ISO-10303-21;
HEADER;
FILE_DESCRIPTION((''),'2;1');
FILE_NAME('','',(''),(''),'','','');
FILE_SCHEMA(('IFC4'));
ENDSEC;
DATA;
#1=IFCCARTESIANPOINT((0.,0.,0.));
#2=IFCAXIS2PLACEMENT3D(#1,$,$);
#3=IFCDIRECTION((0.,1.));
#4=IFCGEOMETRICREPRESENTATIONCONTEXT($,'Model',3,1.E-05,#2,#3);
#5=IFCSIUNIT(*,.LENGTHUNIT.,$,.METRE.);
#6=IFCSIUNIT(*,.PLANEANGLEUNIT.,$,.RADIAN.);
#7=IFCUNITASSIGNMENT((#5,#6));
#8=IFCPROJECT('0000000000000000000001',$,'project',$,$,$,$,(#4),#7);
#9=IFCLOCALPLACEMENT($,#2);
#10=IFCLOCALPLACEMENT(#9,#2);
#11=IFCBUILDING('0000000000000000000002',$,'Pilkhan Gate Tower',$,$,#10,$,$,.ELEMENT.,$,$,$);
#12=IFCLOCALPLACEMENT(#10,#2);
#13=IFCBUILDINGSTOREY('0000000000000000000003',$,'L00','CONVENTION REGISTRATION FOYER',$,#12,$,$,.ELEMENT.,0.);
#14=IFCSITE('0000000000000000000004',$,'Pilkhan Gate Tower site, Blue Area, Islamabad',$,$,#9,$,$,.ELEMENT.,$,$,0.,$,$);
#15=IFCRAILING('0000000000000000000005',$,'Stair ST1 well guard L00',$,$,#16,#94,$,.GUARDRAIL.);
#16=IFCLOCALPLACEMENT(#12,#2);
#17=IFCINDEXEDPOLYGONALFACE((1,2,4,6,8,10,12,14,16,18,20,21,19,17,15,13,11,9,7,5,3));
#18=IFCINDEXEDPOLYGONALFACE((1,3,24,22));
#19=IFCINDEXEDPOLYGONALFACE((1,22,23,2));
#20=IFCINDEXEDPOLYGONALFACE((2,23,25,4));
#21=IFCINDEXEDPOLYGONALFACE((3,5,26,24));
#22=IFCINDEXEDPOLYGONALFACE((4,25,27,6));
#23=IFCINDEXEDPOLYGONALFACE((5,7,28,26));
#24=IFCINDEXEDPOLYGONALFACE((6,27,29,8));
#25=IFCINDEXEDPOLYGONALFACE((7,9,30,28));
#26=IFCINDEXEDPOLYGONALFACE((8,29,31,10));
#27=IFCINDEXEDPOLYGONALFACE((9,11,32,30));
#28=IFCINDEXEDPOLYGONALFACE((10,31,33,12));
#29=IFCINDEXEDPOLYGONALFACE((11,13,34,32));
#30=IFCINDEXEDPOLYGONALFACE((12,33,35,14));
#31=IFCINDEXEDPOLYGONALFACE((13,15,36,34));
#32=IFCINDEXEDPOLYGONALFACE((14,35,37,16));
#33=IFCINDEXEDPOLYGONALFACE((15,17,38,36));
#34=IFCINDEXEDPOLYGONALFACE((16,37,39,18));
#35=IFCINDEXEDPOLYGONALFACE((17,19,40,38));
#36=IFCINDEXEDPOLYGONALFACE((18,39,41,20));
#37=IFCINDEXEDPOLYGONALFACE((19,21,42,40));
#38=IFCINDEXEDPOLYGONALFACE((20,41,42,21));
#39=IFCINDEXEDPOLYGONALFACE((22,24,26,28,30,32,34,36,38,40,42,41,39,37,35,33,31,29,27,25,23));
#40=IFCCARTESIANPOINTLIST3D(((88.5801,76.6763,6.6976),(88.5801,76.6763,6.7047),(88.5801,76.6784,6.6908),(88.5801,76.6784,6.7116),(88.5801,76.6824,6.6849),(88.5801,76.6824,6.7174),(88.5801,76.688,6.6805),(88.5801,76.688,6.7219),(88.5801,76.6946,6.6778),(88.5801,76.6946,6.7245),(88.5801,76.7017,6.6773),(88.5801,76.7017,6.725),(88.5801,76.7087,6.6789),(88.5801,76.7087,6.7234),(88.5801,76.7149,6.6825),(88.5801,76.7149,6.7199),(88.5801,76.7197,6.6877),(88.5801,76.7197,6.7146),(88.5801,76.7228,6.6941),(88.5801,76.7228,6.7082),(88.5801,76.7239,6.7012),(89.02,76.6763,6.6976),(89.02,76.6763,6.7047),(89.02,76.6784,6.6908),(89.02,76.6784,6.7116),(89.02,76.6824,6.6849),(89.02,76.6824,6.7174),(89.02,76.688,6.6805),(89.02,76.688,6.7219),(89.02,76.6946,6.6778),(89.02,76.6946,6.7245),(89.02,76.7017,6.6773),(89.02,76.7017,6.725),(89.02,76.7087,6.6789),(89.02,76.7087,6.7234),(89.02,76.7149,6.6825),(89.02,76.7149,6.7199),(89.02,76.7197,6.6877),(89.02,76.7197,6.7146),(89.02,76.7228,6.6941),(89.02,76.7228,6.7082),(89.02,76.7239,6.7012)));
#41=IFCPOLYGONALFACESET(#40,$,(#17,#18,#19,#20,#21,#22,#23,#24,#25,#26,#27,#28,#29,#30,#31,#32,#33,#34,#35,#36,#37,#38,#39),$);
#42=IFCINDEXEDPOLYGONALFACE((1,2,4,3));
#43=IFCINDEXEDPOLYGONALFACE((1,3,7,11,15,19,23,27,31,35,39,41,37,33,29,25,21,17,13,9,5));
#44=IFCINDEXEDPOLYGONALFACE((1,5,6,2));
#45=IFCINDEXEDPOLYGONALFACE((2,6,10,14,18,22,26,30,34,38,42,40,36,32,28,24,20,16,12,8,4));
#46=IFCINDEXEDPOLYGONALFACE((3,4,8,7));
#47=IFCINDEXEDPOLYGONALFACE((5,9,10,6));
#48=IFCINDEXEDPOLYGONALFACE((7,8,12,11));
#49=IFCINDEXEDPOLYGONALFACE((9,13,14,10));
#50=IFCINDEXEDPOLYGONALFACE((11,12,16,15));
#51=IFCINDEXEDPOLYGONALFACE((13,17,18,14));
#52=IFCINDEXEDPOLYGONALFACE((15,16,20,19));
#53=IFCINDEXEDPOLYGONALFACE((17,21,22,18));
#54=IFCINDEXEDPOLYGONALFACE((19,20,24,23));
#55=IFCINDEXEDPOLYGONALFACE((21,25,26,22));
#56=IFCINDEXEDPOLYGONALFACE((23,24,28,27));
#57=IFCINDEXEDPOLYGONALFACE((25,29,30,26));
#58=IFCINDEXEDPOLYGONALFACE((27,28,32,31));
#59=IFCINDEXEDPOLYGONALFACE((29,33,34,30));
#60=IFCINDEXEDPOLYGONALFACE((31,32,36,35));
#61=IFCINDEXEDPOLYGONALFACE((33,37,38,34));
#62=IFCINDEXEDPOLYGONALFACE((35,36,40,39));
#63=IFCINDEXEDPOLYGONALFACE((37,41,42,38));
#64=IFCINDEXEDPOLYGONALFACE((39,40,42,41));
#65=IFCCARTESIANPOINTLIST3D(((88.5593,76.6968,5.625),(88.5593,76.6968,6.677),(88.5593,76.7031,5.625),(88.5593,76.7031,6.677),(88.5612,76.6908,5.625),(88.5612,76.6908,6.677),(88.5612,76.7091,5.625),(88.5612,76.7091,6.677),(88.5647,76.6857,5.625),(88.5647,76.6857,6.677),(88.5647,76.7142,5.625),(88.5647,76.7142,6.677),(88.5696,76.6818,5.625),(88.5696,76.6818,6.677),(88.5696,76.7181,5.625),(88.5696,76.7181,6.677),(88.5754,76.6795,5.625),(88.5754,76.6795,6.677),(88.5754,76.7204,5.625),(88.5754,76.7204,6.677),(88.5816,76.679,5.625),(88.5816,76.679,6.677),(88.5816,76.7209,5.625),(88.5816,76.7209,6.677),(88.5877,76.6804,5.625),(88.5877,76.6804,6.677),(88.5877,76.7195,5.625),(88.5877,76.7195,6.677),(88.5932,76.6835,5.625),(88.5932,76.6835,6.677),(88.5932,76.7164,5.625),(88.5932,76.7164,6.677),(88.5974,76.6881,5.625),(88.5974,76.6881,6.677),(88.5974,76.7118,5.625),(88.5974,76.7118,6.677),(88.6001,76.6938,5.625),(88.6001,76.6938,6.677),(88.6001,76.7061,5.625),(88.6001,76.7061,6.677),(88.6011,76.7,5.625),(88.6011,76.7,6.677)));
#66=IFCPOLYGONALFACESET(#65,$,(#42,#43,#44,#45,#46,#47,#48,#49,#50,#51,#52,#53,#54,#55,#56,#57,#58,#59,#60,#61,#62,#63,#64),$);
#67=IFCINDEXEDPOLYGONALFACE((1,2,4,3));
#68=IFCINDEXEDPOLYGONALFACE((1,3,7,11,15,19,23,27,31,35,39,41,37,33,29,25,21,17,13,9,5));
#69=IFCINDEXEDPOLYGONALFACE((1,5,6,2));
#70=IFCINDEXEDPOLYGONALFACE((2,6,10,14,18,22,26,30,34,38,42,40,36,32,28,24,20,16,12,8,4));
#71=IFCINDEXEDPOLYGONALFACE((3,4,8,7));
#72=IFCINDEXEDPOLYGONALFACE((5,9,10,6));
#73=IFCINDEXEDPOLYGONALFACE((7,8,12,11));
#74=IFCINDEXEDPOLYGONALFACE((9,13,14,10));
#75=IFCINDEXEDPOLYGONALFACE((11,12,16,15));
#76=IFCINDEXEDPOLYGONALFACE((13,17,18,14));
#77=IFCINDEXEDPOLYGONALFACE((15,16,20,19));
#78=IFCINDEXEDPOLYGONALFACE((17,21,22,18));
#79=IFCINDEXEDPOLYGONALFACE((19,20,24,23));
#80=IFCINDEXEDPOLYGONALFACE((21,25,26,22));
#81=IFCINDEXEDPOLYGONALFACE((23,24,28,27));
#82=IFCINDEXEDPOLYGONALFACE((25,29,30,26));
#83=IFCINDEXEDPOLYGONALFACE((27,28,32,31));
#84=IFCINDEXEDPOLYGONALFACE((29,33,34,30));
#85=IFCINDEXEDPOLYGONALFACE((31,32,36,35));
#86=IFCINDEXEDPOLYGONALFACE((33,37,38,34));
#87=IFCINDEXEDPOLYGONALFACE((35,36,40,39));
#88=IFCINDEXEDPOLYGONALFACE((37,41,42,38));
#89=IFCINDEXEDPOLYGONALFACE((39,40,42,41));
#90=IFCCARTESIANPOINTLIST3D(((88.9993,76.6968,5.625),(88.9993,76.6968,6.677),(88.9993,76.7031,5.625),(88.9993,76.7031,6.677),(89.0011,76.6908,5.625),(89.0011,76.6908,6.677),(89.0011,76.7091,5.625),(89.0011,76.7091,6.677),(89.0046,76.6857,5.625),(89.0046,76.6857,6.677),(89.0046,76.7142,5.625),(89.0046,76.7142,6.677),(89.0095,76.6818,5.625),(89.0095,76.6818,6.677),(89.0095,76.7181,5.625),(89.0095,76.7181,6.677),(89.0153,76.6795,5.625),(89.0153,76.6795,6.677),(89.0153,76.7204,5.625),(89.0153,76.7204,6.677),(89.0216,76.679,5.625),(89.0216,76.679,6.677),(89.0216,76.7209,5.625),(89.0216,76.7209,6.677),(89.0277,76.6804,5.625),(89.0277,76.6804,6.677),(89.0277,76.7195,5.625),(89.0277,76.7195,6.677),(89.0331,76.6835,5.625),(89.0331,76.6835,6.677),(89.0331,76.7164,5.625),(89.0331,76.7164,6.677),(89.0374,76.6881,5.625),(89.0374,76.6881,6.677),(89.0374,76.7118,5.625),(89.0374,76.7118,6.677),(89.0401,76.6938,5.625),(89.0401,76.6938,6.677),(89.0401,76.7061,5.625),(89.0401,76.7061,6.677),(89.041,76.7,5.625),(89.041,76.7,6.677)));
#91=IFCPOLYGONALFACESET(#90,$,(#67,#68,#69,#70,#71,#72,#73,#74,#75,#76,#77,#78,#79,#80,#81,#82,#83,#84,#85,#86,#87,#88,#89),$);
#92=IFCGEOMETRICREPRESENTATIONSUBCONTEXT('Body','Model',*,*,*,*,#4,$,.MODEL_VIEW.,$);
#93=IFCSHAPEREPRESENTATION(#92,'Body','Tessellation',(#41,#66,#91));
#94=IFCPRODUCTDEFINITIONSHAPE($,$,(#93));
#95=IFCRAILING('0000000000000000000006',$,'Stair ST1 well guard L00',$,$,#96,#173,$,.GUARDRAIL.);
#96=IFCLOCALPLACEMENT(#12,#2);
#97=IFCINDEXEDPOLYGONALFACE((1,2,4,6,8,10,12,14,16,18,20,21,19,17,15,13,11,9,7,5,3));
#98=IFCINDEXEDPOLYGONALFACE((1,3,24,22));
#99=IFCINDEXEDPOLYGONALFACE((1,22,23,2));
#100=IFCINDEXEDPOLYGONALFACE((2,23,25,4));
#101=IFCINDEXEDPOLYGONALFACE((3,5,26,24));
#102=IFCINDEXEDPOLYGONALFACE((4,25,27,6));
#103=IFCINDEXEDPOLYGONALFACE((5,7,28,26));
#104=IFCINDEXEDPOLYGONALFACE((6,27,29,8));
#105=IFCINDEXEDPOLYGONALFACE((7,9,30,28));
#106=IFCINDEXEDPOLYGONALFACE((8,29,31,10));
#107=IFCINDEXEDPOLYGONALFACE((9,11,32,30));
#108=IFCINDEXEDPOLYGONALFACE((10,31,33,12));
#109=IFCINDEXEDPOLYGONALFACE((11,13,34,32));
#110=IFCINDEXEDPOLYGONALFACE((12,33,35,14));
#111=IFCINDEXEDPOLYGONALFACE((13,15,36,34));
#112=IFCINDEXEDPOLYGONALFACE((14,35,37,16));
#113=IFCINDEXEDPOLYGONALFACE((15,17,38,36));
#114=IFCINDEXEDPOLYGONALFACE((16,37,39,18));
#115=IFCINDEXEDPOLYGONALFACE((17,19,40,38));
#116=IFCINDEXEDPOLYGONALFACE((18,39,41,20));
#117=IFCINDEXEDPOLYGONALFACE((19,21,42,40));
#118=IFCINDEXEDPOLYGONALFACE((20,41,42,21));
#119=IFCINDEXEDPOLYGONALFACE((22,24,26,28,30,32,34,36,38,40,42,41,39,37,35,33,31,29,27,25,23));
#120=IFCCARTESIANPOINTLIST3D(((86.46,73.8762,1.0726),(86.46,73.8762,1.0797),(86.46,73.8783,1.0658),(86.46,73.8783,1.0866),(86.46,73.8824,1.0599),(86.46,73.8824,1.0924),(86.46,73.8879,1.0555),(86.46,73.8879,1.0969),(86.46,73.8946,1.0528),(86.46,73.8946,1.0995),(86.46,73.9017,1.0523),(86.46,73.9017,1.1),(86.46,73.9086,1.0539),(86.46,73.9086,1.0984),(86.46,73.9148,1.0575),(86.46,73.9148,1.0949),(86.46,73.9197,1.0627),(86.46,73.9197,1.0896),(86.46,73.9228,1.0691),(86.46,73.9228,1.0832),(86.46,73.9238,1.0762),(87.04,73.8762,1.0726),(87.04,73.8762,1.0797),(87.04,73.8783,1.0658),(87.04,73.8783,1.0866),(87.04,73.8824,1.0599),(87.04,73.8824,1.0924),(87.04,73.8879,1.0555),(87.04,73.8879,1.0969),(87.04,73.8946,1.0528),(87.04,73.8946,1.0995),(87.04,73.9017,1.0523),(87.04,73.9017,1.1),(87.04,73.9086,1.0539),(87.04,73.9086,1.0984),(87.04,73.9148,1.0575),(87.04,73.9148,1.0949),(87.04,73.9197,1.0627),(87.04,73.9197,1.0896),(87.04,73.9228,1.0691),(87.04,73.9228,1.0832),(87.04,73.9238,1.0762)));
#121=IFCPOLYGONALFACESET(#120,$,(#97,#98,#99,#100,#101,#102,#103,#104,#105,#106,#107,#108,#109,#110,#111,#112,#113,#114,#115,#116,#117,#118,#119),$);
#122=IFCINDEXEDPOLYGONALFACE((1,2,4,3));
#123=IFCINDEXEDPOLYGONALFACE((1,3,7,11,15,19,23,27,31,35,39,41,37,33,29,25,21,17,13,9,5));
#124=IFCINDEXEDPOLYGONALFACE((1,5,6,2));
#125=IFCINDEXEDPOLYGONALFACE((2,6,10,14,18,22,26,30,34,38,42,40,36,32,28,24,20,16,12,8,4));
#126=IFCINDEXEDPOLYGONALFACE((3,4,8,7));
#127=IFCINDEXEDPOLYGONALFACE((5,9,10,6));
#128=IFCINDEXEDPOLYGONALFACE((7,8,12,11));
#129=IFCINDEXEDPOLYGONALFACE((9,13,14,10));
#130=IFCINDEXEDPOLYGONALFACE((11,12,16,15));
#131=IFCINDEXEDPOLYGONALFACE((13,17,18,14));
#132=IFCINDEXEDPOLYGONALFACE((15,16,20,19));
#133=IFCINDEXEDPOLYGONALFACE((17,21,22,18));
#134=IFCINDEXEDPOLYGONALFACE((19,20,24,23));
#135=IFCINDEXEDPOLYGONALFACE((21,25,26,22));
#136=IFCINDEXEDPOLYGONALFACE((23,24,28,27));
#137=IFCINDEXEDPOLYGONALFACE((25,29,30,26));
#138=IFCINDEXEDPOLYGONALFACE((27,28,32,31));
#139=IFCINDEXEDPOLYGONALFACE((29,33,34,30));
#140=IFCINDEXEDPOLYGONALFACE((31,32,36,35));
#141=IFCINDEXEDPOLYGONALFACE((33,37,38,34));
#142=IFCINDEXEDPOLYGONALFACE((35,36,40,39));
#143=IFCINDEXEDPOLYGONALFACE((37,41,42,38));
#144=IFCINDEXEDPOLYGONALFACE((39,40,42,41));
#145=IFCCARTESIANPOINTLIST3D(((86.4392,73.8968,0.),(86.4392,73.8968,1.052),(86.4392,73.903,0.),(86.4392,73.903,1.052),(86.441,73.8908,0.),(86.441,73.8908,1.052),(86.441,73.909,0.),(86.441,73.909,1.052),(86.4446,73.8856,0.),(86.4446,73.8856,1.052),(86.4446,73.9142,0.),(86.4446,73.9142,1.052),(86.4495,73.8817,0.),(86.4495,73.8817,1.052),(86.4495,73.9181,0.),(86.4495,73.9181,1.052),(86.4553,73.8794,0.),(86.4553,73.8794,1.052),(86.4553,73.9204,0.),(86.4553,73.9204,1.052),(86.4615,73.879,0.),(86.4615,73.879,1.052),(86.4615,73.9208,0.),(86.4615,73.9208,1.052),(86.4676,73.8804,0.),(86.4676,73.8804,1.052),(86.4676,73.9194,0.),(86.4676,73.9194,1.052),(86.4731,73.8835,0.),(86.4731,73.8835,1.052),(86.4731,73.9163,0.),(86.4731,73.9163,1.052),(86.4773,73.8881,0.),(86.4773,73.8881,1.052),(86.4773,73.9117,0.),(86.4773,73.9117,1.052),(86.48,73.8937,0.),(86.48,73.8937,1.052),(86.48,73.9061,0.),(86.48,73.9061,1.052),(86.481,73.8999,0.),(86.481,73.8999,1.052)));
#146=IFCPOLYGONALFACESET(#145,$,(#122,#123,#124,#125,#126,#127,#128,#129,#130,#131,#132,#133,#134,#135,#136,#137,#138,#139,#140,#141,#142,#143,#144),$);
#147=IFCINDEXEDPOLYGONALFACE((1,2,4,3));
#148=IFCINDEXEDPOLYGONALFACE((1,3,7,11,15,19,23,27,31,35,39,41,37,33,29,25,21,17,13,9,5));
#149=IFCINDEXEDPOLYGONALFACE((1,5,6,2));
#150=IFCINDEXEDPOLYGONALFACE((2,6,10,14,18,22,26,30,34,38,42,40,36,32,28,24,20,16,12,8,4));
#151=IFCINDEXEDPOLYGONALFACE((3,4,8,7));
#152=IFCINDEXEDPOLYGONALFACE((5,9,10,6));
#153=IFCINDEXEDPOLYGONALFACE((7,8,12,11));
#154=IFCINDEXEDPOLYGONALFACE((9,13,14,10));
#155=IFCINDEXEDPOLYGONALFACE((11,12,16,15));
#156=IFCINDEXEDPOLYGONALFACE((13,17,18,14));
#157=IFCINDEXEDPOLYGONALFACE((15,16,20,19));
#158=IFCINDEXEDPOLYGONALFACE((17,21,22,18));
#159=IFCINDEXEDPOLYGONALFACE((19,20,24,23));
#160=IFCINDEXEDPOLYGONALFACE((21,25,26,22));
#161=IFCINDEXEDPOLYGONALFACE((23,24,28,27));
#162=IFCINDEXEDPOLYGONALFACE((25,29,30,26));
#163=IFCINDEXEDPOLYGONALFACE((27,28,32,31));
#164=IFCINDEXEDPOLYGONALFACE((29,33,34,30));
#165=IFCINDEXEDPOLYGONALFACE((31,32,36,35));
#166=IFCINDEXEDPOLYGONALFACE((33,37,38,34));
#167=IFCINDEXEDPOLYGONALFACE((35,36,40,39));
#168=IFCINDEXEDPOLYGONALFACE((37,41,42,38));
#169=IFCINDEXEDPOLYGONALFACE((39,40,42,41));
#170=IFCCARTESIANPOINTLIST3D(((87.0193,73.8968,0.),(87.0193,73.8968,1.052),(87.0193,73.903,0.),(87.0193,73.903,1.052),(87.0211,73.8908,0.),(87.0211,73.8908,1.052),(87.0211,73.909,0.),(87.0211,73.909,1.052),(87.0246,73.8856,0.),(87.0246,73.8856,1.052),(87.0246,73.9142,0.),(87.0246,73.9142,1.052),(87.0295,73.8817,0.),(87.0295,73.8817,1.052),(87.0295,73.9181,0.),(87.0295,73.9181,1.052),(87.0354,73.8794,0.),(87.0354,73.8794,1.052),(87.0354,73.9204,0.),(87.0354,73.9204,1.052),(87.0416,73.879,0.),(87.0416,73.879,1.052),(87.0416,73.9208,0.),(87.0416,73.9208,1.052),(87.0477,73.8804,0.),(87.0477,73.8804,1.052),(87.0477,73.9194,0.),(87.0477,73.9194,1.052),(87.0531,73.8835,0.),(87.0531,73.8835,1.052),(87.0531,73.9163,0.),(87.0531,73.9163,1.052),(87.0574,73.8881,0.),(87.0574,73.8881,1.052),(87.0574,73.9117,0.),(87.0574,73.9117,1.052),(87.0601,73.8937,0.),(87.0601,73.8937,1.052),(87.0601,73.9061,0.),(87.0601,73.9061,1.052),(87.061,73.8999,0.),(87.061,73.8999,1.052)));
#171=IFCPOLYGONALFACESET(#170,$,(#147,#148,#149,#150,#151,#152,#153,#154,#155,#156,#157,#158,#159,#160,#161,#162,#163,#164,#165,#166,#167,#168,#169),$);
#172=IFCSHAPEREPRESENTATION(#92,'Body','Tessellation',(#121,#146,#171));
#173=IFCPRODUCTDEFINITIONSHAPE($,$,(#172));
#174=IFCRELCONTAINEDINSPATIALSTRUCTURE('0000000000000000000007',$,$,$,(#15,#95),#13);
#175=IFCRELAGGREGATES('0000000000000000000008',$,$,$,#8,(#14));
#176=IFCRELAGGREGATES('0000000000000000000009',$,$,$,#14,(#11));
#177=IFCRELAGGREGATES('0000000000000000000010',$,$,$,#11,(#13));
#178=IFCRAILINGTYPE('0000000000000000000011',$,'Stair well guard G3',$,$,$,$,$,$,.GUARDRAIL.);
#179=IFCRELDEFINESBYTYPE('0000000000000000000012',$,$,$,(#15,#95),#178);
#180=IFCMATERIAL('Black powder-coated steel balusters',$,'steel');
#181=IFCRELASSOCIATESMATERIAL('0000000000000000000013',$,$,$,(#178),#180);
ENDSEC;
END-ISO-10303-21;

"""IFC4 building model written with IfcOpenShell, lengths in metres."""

from ifc_helpers import new_model, si_unit, direction, frame, origin, origin_2d, place, context, subcontext, project, spatial, circle, extrude, material, type_object, element, save


model = new_model("IFC4")

# Units and contexts
model_context = context("Model", 3, precision=1e-05, world=origin(), true_north=direction((0.0, 1.0)))
body_context = subcontext(model_context, "Body", "Model", "MODEL_VIEW")
ifc_project = project(units=[si_unit("LENGTHUNIT", "METRE"), si_unit("PLANEANGLEUNIT", "RADIAN")], contexts=[model_context])

# Site, building, storey
site_placement = place(None, origin())
site = spatial("IfcSite", under=ifc_project, at=site_placement, Name="Pilkhan Gate Tower site, Blue Area, Islamabad", CompositionType="ELEMENT", RefElevation=0.0)
building_placement = place(site_placement, origin())
building = spatial("IfcBuilding", under=site, at=building_placement, Name="Pilkhan Gate Tower", CompositionType="ELEMENT")
storey_placement = place(building_placement, origin())
storey = spatial("IfcBuildingStorey", under=building, at=storey_placement, Name="L00", Description="CONVENTION REGISTRATION FOYER", CompositionType="ELEMENT", Elevation=0.0)

# Railings
ifc_material_1 = material(Name="Black powder-coated steel balusters", Category="steel")
railing_type_1 = type_object("IfcRailingType", Name="Stair well guard G3", PredefinedType="GUARDRAIL", material=ifc_material_1)
for number, where, name in (
    (1, (88.5801, 76.7, 5.625), "Stair ST1 well guard L00"),
):
    element("IfcRailing", number, at=place(storey_placement, frame(where)), inside=storey, type_object=railing_type_1, Name=name, PredefinedType="GUARDRAIL", context=body_context, shape_type="SweptSolid", body=[
        extrude(circle(Radius=0.0239, at=origin_2d()), frame((0.0, 0.0, 1.0762), z_axis=(1.0, 0.0, 0.0), x_axis=(0.0, 1.0, 0.0)), (0.0, 0.0, 1.0), 0.4399),
        extrude(circle(Radius=0.021, at=origin_2d()), origin(), (0.0, 0.0, 1.0), 1.052),
        extrude(circle(Radius=0.021, at=origin_2d()), frame((0.4399, 0.0, 0.0)), (0.0, 0.0, 1.0), 1.052),
    ])
for number, where, name in (
    (2, (86.46, 73.8999, 0.0), "Stair ST1 well guard L00"),
):
    element("IfcRailing", number, at=place(storey_placement, frame(where)), inside=storey, type_object=railing_type_1, Name=name, PredefinedType="GUARDRAIL", context=body_context, shape_type="SweptSolid", body=[
        extrude(circle(Radius=0.0239, at=origin_2d()), frame((0.0, 0.0, 1.0762), z_axis=(1.0, 0.0, 0.0), x_axis=(0.0, 1.0, 0.0)), (0.0, 0.0, 1.0), 0.5801),
        extrude(circle(Radius=0.021, at=origin_2d()), origin(), (0.0, 0.0, 1.0), 1.052),
        extrude(circle(Radius=0.021, at=origin_2d()), frame((0.5801, 0.0, 0.0)), (0.0, 0.0, 1.0), 1.052),
    ])

save(model, "model.ifc")
